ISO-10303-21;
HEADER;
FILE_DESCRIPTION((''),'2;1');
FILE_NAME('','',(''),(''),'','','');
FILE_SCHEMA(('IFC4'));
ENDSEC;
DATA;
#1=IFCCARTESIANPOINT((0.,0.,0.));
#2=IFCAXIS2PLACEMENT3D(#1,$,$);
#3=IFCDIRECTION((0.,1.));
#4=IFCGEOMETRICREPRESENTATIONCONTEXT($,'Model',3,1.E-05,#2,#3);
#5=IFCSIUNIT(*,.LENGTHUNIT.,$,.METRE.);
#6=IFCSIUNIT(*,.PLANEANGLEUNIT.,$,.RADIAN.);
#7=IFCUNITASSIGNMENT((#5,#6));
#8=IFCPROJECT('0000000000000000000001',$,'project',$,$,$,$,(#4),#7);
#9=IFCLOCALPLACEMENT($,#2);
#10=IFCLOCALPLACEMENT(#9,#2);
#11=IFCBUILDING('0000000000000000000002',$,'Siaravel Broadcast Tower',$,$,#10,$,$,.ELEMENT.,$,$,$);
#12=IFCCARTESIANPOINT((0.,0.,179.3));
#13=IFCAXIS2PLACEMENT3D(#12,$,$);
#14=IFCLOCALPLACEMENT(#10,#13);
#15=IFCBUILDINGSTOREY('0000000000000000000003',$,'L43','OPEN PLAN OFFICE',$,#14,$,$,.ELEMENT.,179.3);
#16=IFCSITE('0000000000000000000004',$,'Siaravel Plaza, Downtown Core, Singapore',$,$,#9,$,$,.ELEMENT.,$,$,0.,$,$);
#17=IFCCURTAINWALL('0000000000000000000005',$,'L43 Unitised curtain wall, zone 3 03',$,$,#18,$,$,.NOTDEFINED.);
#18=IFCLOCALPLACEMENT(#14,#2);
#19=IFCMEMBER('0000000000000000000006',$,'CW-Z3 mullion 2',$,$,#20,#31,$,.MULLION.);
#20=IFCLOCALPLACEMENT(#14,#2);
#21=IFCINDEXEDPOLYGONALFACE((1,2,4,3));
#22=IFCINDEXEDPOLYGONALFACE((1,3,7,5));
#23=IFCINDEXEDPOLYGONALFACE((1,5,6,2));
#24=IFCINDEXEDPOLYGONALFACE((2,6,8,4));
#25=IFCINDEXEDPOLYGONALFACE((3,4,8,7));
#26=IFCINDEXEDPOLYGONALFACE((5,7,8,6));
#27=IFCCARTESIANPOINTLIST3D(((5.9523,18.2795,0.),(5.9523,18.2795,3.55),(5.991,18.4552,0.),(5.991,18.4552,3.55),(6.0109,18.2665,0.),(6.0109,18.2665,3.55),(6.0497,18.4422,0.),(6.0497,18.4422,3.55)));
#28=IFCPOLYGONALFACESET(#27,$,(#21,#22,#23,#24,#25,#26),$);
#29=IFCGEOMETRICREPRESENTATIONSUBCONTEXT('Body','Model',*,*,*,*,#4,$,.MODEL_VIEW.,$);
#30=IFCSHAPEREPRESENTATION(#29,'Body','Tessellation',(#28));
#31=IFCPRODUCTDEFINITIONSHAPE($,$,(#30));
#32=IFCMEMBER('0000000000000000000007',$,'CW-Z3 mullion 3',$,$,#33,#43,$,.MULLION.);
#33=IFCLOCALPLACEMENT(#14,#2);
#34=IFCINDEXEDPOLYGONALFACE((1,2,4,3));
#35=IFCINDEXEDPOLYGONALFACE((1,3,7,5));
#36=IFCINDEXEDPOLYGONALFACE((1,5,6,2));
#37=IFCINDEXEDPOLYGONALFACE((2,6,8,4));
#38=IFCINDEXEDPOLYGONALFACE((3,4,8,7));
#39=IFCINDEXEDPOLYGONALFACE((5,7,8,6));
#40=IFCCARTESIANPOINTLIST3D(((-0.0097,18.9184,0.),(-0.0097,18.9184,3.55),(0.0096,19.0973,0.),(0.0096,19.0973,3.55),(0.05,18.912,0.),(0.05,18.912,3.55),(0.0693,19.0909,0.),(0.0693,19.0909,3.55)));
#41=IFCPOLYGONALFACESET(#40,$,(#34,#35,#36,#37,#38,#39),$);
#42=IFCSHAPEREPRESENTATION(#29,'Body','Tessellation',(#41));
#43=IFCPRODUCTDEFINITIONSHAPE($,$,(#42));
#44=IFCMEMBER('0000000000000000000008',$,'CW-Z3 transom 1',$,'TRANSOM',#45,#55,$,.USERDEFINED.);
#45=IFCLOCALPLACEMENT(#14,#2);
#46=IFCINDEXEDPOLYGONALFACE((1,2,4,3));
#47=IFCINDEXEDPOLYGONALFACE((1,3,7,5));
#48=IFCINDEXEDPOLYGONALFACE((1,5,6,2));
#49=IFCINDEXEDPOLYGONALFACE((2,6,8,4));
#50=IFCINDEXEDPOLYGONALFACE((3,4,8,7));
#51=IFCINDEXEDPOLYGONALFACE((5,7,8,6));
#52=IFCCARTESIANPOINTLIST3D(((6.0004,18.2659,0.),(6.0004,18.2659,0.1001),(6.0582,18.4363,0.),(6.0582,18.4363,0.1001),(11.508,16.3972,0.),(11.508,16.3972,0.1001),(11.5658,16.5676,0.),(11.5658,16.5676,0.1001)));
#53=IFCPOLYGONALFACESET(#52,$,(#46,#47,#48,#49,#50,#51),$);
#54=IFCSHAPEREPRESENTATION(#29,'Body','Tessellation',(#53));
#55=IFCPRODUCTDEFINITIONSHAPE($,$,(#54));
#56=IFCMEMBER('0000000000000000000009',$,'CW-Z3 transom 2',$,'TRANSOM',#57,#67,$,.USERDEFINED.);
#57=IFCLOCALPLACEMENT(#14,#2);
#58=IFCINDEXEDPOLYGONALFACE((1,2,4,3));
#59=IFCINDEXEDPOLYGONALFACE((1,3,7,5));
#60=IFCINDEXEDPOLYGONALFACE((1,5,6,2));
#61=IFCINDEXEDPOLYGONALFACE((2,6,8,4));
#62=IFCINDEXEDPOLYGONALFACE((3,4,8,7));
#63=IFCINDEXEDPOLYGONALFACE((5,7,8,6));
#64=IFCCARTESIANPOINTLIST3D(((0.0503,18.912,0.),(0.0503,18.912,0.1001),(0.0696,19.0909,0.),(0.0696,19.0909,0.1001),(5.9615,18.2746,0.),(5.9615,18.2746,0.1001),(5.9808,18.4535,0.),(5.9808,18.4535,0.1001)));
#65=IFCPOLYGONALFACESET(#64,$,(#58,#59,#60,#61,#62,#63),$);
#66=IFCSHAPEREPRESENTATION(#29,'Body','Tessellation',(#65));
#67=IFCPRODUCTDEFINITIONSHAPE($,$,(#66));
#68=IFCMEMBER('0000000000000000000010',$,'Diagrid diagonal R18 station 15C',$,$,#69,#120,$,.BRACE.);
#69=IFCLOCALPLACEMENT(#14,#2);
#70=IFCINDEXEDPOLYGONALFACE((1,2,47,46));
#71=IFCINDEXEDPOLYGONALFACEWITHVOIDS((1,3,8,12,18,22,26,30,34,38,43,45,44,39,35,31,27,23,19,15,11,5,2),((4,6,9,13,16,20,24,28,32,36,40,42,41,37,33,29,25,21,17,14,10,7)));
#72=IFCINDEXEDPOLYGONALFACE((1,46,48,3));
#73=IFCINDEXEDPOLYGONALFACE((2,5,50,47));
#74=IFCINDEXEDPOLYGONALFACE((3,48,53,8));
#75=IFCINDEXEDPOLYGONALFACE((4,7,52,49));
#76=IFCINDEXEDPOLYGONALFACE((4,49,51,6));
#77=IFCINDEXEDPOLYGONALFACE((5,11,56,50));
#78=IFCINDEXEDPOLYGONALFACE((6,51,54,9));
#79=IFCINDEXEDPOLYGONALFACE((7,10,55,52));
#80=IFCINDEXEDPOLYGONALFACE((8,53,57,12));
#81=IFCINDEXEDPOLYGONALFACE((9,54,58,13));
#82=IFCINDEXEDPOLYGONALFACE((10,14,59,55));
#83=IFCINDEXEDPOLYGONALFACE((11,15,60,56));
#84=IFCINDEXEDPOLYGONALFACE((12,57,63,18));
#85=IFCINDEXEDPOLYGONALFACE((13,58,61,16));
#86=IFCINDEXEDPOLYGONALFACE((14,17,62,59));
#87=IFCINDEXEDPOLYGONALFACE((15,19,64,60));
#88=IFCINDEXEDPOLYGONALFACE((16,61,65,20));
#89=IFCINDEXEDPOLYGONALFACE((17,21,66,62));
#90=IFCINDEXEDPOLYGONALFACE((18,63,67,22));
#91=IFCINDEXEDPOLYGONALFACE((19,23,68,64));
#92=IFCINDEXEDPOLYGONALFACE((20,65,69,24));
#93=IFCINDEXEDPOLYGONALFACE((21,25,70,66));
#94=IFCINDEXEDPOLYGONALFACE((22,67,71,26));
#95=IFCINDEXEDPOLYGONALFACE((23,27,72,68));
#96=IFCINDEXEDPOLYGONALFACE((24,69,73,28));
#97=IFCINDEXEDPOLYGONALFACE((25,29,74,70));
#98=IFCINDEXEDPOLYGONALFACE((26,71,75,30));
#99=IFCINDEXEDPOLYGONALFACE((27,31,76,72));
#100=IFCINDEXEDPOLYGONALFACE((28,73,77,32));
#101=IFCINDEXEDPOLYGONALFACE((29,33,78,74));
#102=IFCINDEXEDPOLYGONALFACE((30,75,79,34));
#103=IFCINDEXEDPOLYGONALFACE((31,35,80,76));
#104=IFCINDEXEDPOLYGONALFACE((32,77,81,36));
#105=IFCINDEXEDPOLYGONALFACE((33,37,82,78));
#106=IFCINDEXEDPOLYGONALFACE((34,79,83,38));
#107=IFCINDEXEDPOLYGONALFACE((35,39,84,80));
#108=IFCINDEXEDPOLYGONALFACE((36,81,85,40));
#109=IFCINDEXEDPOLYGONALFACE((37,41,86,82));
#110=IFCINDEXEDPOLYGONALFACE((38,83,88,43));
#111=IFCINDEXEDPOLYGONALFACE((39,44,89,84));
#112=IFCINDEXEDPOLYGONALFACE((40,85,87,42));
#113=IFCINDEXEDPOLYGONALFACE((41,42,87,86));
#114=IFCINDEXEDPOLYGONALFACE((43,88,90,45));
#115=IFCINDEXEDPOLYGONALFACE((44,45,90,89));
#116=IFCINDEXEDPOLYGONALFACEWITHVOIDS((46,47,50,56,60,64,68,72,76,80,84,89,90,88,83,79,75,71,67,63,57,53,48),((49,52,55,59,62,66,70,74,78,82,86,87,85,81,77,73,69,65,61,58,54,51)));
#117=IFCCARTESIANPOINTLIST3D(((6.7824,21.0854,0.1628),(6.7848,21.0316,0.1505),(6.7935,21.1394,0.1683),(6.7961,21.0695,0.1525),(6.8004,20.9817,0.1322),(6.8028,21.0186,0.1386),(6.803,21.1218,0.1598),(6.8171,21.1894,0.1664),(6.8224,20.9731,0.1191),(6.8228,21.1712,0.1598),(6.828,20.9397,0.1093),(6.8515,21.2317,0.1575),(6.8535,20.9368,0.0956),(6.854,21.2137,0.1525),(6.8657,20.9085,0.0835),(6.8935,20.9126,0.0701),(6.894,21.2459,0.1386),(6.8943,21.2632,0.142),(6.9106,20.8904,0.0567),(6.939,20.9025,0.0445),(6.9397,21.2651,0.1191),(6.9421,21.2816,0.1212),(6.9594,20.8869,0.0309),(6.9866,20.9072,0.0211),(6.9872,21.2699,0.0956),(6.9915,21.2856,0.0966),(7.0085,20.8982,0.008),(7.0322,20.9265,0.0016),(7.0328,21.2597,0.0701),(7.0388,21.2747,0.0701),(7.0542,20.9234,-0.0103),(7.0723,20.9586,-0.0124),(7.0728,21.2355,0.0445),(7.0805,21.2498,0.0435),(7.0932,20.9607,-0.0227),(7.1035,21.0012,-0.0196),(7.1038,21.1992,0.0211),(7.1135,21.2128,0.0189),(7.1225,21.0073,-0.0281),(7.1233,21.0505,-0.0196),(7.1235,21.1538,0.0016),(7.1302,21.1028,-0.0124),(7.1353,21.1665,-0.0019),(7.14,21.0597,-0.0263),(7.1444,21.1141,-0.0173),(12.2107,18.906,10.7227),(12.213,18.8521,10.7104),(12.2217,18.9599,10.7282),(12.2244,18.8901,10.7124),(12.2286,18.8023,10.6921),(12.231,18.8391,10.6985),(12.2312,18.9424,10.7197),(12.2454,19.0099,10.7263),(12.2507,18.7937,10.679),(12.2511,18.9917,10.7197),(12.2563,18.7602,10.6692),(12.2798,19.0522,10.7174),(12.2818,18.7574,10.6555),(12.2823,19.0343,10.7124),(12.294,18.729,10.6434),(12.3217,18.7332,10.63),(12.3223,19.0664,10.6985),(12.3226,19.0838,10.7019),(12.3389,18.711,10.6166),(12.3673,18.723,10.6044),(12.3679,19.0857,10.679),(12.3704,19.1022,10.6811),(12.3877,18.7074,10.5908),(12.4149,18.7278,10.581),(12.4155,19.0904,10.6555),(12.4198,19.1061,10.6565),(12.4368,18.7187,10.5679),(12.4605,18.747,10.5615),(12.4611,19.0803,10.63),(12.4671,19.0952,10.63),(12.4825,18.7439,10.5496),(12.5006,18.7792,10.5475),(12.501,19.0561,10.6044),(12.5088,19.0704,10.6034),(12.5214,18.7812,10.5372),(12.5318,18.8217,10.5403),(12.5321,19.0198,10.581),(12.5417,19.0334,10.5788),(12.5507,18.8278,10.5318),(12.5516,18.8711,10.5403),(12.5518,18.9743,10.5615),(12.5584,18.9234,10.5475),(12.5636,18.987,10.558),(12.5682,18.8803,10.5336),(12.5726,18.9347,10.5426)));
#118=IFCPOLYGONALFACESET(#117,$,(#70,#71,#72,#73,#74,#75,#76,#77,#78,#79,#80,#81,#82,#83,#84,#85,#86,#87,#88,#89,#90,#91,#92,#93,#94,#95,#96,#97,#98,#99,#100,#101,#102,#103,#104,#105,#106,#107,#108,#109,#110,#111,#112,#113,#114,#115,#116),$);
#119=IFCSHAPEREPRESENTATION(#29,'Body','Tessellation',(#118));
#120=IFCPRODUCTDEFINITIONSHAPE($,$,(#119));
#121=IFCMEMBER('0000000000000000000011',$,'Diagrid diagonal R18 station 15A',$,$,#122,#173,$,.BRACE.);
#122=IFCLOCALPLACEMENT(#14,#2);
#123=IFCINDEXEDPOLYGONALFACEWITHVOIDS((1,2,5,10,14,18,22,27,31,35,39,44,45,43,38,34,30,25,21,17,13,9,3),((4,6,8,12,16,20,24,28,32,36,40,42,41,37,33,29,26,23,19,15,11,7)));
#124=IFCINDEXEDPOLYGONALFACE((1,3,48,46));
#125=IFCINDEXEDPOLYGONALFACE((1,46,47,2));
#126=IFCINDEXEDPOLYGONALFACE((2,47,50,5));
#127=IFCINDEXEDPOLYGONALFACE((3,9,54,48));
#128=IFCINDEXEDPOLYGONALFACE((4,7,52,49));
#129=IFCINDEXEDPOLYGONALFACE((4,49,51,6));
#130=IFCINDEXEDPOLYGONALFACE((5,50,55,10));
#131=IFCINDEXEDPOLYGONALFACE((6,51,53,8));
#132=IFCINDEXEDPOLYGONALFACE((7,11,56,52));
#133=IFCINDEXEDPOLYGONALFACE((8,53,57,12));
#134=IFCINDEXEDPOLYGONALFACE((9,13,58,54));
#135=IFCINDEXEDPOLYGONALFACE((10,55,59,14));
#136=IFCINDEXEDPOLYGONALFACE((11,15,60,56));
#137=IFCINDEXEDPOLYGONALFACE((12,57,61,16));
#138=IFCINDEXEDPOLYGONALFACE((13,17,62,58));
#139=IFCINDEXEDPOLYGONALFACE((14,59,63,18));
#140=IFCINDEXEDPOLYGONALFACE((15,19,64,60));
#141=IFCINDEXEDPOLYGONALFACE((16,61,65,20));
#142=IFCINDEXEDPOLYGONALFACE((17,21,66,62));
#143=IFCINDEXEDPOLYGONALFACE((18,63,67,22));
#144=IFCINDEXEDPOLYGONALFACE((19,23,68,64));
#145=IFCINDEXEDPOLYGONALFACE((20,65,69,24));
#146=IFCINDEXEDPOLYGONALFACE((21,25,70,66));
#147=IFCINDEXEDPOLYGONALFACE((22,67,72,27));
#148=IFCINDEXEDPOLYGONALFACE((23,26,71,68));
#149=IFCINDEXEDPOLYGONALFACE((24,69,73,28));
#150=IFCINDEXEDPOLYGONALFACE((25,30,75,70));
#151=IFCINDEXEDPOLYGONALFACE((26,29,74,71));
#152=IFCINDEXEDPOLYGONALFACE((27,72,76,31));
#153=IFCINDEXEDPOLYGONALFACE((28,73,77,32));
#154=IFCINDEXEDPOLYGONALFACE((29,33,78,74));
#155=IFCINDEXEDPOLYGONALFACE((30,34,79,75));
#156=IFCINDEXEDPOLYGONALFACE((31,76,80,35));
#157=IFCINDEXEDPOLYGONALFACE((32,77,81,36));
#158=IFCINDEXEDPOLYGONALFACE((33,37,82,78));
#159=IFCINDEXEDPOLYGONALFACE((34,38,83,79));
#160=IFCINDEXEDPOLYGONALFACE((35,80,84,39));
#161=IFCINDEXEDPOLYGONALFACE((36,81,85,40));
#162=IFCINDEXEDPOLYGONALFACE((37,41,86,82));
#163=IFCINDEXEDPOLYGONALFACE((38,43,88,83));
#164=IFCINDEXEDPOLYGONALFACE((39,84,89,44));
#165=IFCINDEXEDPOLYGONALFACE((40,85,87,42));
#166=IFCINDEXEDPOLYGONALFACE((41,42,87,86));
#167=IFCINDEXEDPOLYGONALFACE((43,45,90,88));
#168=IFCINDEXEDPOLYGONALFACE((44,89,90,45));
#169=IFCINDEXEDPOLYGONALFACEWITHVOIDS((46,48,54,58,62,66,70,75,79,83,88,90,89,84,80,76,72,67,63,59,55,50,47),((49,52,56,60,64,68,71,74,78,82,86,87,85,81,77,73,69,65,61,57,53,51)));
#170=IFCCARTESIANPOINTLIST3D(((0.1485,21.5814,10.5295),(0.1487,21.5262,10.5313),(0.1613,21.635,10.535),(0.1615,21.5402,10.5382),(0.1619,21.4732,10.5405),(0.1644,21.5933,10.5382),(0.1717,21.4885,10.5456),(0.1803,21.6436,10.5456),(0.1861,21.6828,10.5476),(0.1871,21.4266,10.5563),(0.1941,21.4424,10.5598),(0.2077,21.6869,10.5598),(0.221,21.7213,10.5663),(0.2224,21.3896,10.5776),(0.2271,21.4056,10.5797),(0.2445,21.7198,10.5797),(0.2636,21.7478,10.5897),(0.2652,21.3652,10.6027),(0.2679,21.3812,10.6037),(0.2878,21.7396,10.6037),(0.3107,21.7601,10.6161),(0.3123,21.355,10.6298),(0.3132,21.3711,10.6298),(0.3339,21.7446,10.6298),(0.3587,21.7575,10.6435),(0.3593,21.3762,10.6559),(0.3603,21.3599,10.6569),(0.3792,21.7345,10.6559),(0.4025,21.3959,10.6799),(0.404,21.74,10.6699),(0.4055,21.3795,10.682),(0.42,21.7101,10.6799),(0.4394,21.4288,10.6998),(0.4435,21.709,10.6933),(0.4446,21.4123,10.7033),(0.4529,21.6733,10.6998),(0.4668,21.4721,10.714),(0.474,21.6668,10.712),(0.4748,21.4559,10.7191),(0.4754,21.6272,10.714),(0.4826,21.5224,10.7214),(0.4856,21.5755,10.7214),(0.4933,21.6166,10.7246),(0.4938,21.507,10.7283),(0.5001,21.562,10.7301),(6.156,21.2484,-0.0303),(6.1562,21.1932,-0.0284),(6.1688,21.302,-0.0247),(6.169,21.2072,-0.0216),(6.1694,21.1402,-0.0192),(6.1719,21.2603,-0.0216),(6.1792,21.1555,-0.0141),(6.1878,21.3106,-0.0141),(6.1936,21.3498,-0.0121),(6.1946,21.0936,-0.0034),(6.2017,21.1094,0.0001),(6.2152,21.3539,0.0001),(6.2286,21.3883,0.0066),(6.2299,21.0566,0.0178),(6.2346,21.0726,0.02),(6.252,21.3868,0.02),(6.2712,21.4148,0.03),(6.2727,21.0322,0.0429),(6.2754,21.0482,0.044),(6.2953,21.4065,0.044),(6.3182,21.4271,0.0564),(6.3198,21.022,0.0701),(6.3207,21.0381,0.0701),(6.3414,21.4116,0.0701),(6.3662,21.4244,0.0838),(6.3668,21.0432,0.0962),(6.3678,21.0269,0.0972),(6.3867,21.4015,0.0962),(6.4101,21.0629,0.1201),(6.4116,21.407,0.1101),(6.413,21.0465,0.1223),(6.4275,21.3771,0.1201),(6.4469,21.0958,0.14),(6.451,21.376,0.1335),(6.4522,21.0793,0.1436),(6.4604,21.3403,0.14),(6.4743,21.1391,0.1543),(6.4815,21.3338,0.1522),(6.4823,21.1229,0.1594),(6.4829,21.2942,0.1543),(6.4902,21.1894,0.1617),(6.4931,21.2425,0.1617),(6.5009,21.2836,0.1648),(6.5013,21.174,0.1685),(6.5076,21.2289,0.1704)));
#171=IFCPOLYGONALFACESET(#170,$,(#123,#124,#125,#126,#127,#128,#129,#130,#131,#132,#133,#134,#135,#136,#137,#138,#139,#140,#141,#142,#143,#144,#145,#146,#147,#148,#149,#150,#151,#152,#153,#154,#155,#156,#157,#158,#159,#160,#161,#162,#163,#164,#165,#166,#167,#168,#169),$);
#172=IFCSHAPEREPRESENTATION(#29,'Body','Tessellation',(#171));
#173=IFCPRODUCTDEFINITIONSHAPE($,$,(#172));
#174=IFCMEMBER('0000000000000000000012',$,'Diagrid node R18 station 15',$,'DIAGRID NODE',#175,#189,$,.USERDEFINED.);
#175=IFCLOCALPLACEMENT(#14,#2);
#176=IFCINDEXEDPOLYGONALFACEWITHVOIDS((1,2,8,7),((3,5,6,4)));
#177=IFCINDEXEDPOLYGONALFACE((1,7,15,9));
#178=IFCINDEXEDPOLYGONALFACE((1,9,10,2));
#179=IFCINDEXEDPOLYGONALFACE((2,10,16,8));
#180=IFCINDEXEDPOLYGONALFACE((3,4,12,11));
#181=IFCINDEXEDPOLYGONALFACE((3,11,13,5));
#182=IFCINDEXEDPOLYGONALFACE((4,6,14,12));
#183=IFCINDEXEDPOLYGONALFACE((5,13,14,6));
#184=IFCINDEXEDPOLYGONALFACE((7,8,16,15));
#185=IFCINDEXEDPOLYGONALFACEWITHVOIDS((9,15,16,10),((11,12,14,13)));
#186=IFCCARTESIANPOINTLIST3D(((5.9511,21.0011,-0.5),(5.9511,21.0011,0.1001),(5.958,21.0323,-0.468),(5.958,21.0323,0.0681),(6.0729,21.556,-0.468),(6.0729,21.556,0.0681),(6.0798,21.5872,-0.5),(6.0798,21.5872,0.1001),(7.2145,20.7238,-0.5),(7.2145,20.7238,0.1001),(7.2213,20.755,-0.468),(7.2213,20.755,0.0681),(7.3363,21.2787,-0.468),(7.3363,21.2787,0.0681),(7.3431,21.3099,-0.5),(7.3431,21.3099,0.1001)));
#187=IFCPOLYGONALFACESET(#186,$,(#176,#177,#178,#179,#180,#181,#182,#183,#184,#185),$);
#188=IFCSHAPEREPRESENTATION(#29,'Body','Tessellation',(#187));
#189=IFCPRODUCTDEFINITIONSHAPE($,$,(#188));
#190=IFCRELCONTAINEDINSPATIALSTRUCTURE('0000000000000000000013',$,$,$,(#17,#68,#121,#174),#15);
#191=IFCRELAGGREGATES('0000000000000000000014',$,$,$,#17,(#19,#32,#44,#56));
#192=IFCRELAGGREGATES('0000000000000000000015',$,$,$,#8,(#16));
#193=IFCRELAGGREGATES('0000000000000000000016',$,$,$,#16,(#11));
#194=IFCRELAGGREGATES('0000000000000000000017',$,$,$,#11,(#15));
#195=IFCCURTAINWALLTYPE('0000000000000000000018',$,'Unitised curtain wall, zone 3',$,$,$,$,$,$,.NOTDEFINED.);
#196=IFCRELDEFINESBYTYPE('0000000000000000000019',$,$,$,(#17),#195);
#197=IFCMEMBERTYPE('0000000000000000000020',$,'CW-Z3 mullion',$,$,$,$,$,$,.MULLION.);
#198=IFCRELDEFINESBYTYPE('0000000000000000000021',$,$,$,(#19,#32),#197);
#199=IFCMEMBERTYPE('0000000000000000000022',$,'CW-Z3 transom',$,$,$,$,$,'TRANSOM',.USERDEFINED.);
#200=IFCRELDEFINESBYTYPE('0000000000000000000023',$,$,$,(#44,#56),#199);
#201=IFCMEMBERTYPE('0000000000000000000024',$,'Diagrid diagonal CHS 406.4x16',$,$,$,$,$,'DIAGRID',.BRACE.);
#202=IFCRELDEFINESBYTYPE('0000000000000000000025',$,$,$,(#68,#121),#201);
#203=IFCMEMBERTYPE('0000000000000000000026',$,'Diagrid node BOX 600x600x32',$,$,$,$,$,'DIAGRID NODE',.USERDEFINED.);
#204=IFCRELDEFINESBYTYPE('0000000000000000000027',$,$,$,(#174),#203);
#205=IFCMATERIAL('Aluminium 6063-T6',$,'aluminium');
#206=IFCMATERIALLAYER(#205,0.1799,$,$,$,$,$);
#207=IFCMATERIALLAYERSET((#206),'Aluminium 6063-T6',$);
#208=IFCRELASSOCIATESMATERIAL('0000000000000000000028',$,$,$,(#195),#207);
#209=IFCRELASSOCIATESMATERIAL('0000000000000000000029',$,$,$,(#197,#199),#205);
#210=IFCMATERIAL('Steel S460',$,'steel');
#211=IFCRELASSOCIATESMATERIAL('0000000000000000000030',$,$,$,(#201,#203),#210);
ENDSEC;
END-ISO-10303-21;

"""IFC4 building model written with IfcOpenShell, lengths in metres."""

from ifc_helpers import new_model, si_unit, direction, frame, origin, origin_2d, place, context, subcontext, project, spatial, rectangle, hollow_rectangle, hollow_circle, extrude, material, layer, layer_set, material_profile, profile_set, type_object, element, aggregate, save


model = new_model("IFC4")

# Units and contexts
model_context = context("Model", 3, precision=1e-05, world=origin(), true_north=direction((0.0, 1.0)))
body_context = subcontext(model_context, "Body", "Model", "MODEL_VIEW")
ifc_project = project(units=[si_unit("LENGTHUNIT", "METRE"), si_unit("PLANEANGLEUNIT", "RADIAN")], contexts=[model_context])

# Site, building, storey
site_placement = place(None, origin())
site = spatial("IfcSite", under=ifc_project, at=site_placement, Name="Siaravel Plaza, Downtown Core, Singapore", CompositionType="ELEMENT", RefElevation=0.0)
building_placement = place(site_placement, origin())
building = spatial("IfcBuilding", under=site, at=building_placement, Name="Siaravel Broadcast Tower", CompositionType="ELEMENT")
storey_placement = place(building_placement, frame((0.0, 0.0, 179.3)))
storey = spatial("IfcBuildingStorey", under=building, at=storey_placement, Name="L43", Description="OPEN PLAN OFFICE", CompositionType="ELEMENT", Elevation=179.3)

# Curtain wall, members
ifc_material_1 = material(Name="Aluminium 6063-T6", Category="aluminium")
ifc_layer_1 = layer(ifc_material_1, 0.1799)
ifc_layer_set_1 = layer_set([ifc_layer_1], Name="Aluminium 6063-T6")
curtain_wall_type = type_object("IfcCurtainWallType", Name="Unitised curtain wall, zone 3", PredefinedType="NOTDEFINED", material=ifc_layer_set_1)
curtain_wall_placement = place(storey_placement, origin())
curtain_wall = element("IfcCurtainWall", 1, at=curtain_wall_placement, inside=storey, type_object=curtain_wall_type, Name="L43 Unitised curtain wall, zone 3 03", PredefinedType="NOTDEFINED")
ifc_material_profile_1 = material_profile(ifc_material_1, rectangle(XDim=0.1799, YDim=0.0601, at=origin_2d()))
ifc_profile_set_1 = profile_set([ifc_material_profile_1], Name="Aluminium 6063-T6")
member_type_1 = type_object("IfcMemberType", Name="CW-Z3 mullion", PredefinedType="MULLION", material=ifc_profile_set_1)
member_1_placement = place(storey_placement, frame((6.001, 18.3608, 0.0), z_axis=(0.0, 0.0, 1.0), x_axis=(-0.215558, -0.976491, 0.0)))
member_1 = element("IfcMember", 2, at=member_1_placement, type_object=member_type_1, Name="CW-Z3 mullion 2", PredefinedType="MULLION", context=body_context, shape_type="SweptSolid", body=[
    extrude(rectangle(XDim=0.1799, YDim=0.0601, at=origin_2d()), origin(), (0.0, 0.0, 1.0), 3.55),
])
member_2_placement = place(storey_placement, frame((0.0298, 19.0046, 0.0), z_axis=(0.0, 0.0, 1.0), x_axis=(-0.107217, -0.994236, 0.0)))
member_2 = element("IfcMember", 3, at=member_2_placement, type_object=member_type_1, Name="CW-Z3 mullion 3", PredefinedType="MULLION", context=body_context, shape_type="SweptSolid", body=[
    extrude(rectangle(XDim=0.1799, YDim=0.0601, at=origin_2d()), origin(), (0.0, 0.0, 1.0), 3.55),
])
ifc_material_profile_2 = material_profile(ifc_material_1, rectangle(XDim=0.1799, YDim=0.1001, at=origin_2d()))
ifc_profile_set_2 = profile_set([ifc_material_profile_2], Name="Aluminium 6063-T6")
member_type_2 = type_object("IfcMemberType", Name="CW-Z3 transom", ElementType="TRANSOM", PredefinedType="USERDEFINED", material=ifc_profile_set_2)
member_3_placement = place(storey_placement, frame((11.5369, 16.4824, 0.05), z_axis=(-0.946978, 0.321298, 0.0), x_axis=(-0.321298, -0.946978, 0.0)))
member_3 = element("IfcMember", 4, at=member_3_placement, type_object=member_type_2, Name="CW-Z3 transom 1", ObjectType="TRANSOM", PredefinedType="USERDEFINED", context=body_context, shape_type="SweptSolid", body=[
    extrude(rectangle(XDim=0.1799, YDim=0.1001, at=origin_2d()), origin(), (0.0, 0.0, 1.0), 5.8159),
])
member_4_placement = place(storey_placement, frame((5.9712, 18.364, 0.05), z_axis=(-0.994236, 0.107213, 0.0), x_axis=(-0.107213, -0.994236, 0.0)))
member_4 = element("IfcMember", 5, at=member_4_placement, type_object=member_type_2, Name="CW-Z3 transom 2", ObjectType="TRANSOM", PredefinedType="USERDEFINED", context=body_context, shape_type="SweptSolid", body=[
    extrude(rectangle(XDim=0.1799, YDim=0.1001, at=origin_2d()), origin(), (0.0, 0.0, 1.0), 5.9456),
])

# Members
ifc_material_2 = material(Name="Steel S460", Category="steel")
ifc_material_profile_3 = material_profile(ifc_material_2, hollow_circle(Radius=0.2031, WallThickness=0.0161, at=origin_2d()))
ifc_profile_set_3 = profile_set([ifc_material_profile_3], Name="Steel S460")
member_type_3 = type_object("IfcMemberType", Name="Diagrid diagonal CHS 406.4x16", ElementType="DIAGRID", PredefinedType="BRACE", material=ifc_profile_set_3)
member_5_placement = place(storey_placement, frame((6.9631, 21.0862, 0.0701), z_axis=(0.449666, -0.180542, 0.87476), x_axis=(0.372592, 0.927995, 0.0)))
element("IfcMember", 6, at=member_5_placement, inside=storey, type_object=member_type_3, Name="Diagrid diagonal R18 station 15C", PredefinedType="BRACE", context=body_context, shape_type="SweptSolid", body=[
    extrude(hollow_circle(Radius=0.2031, WallThickness=0.0161, at=origin_2d()), origin(), (0.0, 0.0, 1.0), 12.0718),
])
member_6_placement = place(storey_placement, frame((6.3311, 21.2249, 0.0701), z_axis=(-0.494301, 0.0274, 0.868859), x_axis=(-0.055346, -0.998467, 0.0)))
element("IfcMember", 7, at=member_6_placement, inside=storey, type_object=member_type_3, Name="Diagrid diagonal R18 station 15A", PredefinedType="BRACE", context=body_context, shape_type="SweptSolid", body=[
    extrude(hollow_circle(Radius=0.2031, WallThickness=0.0161, at=origin_2d()), origin(), (0.0, 0.0, 1.0), 12.1536),
])
ifc_material_profile_4 = material_profile(ifc_material_2, hollow_rectangle(XDim=0.6001, YDim=0.6001, WallThickness=0.032, at=origin_2d()))
ifc_profile_set_4 = profile_set([ifc_material_profile_4], Name="Steel S460")
member_type_4 = type_object("IfcMemberType", Name="Diagrid node BOX 600x600x32", ElementType="DIAGRID NODE", PredefinedType="USERDEFINED", material=ifc_profile_set_4)
member_7_placement = place(storey_placement, frame((7.2788, 21.0168, -0.2), z_axis=(-0.976743, 0.214412, 0.0), x_axis=(-0.214412, -0.976743, 0.0)))
element("IfcMember", 8, at=member_7_placement, inside=storey, type_object=member_type_4, Name="Diagrid node R18 station 15", ObjectType="DIAGRID NODE", PredefinedType="USERDEFINED", context=body_context, shape_type="SweptSolid", body=[
    extrude(hollow_rectangle(XDim=0.6001, YDim=0.6001, WallThickness=0.032, at=origin_2d()), origin(), (0.0, 0.0, 1.0), 1.2935),
])

aggregate(curtain_wall, [member_1, member_2, member_3, member_4])

save(model, "model.ifc")
